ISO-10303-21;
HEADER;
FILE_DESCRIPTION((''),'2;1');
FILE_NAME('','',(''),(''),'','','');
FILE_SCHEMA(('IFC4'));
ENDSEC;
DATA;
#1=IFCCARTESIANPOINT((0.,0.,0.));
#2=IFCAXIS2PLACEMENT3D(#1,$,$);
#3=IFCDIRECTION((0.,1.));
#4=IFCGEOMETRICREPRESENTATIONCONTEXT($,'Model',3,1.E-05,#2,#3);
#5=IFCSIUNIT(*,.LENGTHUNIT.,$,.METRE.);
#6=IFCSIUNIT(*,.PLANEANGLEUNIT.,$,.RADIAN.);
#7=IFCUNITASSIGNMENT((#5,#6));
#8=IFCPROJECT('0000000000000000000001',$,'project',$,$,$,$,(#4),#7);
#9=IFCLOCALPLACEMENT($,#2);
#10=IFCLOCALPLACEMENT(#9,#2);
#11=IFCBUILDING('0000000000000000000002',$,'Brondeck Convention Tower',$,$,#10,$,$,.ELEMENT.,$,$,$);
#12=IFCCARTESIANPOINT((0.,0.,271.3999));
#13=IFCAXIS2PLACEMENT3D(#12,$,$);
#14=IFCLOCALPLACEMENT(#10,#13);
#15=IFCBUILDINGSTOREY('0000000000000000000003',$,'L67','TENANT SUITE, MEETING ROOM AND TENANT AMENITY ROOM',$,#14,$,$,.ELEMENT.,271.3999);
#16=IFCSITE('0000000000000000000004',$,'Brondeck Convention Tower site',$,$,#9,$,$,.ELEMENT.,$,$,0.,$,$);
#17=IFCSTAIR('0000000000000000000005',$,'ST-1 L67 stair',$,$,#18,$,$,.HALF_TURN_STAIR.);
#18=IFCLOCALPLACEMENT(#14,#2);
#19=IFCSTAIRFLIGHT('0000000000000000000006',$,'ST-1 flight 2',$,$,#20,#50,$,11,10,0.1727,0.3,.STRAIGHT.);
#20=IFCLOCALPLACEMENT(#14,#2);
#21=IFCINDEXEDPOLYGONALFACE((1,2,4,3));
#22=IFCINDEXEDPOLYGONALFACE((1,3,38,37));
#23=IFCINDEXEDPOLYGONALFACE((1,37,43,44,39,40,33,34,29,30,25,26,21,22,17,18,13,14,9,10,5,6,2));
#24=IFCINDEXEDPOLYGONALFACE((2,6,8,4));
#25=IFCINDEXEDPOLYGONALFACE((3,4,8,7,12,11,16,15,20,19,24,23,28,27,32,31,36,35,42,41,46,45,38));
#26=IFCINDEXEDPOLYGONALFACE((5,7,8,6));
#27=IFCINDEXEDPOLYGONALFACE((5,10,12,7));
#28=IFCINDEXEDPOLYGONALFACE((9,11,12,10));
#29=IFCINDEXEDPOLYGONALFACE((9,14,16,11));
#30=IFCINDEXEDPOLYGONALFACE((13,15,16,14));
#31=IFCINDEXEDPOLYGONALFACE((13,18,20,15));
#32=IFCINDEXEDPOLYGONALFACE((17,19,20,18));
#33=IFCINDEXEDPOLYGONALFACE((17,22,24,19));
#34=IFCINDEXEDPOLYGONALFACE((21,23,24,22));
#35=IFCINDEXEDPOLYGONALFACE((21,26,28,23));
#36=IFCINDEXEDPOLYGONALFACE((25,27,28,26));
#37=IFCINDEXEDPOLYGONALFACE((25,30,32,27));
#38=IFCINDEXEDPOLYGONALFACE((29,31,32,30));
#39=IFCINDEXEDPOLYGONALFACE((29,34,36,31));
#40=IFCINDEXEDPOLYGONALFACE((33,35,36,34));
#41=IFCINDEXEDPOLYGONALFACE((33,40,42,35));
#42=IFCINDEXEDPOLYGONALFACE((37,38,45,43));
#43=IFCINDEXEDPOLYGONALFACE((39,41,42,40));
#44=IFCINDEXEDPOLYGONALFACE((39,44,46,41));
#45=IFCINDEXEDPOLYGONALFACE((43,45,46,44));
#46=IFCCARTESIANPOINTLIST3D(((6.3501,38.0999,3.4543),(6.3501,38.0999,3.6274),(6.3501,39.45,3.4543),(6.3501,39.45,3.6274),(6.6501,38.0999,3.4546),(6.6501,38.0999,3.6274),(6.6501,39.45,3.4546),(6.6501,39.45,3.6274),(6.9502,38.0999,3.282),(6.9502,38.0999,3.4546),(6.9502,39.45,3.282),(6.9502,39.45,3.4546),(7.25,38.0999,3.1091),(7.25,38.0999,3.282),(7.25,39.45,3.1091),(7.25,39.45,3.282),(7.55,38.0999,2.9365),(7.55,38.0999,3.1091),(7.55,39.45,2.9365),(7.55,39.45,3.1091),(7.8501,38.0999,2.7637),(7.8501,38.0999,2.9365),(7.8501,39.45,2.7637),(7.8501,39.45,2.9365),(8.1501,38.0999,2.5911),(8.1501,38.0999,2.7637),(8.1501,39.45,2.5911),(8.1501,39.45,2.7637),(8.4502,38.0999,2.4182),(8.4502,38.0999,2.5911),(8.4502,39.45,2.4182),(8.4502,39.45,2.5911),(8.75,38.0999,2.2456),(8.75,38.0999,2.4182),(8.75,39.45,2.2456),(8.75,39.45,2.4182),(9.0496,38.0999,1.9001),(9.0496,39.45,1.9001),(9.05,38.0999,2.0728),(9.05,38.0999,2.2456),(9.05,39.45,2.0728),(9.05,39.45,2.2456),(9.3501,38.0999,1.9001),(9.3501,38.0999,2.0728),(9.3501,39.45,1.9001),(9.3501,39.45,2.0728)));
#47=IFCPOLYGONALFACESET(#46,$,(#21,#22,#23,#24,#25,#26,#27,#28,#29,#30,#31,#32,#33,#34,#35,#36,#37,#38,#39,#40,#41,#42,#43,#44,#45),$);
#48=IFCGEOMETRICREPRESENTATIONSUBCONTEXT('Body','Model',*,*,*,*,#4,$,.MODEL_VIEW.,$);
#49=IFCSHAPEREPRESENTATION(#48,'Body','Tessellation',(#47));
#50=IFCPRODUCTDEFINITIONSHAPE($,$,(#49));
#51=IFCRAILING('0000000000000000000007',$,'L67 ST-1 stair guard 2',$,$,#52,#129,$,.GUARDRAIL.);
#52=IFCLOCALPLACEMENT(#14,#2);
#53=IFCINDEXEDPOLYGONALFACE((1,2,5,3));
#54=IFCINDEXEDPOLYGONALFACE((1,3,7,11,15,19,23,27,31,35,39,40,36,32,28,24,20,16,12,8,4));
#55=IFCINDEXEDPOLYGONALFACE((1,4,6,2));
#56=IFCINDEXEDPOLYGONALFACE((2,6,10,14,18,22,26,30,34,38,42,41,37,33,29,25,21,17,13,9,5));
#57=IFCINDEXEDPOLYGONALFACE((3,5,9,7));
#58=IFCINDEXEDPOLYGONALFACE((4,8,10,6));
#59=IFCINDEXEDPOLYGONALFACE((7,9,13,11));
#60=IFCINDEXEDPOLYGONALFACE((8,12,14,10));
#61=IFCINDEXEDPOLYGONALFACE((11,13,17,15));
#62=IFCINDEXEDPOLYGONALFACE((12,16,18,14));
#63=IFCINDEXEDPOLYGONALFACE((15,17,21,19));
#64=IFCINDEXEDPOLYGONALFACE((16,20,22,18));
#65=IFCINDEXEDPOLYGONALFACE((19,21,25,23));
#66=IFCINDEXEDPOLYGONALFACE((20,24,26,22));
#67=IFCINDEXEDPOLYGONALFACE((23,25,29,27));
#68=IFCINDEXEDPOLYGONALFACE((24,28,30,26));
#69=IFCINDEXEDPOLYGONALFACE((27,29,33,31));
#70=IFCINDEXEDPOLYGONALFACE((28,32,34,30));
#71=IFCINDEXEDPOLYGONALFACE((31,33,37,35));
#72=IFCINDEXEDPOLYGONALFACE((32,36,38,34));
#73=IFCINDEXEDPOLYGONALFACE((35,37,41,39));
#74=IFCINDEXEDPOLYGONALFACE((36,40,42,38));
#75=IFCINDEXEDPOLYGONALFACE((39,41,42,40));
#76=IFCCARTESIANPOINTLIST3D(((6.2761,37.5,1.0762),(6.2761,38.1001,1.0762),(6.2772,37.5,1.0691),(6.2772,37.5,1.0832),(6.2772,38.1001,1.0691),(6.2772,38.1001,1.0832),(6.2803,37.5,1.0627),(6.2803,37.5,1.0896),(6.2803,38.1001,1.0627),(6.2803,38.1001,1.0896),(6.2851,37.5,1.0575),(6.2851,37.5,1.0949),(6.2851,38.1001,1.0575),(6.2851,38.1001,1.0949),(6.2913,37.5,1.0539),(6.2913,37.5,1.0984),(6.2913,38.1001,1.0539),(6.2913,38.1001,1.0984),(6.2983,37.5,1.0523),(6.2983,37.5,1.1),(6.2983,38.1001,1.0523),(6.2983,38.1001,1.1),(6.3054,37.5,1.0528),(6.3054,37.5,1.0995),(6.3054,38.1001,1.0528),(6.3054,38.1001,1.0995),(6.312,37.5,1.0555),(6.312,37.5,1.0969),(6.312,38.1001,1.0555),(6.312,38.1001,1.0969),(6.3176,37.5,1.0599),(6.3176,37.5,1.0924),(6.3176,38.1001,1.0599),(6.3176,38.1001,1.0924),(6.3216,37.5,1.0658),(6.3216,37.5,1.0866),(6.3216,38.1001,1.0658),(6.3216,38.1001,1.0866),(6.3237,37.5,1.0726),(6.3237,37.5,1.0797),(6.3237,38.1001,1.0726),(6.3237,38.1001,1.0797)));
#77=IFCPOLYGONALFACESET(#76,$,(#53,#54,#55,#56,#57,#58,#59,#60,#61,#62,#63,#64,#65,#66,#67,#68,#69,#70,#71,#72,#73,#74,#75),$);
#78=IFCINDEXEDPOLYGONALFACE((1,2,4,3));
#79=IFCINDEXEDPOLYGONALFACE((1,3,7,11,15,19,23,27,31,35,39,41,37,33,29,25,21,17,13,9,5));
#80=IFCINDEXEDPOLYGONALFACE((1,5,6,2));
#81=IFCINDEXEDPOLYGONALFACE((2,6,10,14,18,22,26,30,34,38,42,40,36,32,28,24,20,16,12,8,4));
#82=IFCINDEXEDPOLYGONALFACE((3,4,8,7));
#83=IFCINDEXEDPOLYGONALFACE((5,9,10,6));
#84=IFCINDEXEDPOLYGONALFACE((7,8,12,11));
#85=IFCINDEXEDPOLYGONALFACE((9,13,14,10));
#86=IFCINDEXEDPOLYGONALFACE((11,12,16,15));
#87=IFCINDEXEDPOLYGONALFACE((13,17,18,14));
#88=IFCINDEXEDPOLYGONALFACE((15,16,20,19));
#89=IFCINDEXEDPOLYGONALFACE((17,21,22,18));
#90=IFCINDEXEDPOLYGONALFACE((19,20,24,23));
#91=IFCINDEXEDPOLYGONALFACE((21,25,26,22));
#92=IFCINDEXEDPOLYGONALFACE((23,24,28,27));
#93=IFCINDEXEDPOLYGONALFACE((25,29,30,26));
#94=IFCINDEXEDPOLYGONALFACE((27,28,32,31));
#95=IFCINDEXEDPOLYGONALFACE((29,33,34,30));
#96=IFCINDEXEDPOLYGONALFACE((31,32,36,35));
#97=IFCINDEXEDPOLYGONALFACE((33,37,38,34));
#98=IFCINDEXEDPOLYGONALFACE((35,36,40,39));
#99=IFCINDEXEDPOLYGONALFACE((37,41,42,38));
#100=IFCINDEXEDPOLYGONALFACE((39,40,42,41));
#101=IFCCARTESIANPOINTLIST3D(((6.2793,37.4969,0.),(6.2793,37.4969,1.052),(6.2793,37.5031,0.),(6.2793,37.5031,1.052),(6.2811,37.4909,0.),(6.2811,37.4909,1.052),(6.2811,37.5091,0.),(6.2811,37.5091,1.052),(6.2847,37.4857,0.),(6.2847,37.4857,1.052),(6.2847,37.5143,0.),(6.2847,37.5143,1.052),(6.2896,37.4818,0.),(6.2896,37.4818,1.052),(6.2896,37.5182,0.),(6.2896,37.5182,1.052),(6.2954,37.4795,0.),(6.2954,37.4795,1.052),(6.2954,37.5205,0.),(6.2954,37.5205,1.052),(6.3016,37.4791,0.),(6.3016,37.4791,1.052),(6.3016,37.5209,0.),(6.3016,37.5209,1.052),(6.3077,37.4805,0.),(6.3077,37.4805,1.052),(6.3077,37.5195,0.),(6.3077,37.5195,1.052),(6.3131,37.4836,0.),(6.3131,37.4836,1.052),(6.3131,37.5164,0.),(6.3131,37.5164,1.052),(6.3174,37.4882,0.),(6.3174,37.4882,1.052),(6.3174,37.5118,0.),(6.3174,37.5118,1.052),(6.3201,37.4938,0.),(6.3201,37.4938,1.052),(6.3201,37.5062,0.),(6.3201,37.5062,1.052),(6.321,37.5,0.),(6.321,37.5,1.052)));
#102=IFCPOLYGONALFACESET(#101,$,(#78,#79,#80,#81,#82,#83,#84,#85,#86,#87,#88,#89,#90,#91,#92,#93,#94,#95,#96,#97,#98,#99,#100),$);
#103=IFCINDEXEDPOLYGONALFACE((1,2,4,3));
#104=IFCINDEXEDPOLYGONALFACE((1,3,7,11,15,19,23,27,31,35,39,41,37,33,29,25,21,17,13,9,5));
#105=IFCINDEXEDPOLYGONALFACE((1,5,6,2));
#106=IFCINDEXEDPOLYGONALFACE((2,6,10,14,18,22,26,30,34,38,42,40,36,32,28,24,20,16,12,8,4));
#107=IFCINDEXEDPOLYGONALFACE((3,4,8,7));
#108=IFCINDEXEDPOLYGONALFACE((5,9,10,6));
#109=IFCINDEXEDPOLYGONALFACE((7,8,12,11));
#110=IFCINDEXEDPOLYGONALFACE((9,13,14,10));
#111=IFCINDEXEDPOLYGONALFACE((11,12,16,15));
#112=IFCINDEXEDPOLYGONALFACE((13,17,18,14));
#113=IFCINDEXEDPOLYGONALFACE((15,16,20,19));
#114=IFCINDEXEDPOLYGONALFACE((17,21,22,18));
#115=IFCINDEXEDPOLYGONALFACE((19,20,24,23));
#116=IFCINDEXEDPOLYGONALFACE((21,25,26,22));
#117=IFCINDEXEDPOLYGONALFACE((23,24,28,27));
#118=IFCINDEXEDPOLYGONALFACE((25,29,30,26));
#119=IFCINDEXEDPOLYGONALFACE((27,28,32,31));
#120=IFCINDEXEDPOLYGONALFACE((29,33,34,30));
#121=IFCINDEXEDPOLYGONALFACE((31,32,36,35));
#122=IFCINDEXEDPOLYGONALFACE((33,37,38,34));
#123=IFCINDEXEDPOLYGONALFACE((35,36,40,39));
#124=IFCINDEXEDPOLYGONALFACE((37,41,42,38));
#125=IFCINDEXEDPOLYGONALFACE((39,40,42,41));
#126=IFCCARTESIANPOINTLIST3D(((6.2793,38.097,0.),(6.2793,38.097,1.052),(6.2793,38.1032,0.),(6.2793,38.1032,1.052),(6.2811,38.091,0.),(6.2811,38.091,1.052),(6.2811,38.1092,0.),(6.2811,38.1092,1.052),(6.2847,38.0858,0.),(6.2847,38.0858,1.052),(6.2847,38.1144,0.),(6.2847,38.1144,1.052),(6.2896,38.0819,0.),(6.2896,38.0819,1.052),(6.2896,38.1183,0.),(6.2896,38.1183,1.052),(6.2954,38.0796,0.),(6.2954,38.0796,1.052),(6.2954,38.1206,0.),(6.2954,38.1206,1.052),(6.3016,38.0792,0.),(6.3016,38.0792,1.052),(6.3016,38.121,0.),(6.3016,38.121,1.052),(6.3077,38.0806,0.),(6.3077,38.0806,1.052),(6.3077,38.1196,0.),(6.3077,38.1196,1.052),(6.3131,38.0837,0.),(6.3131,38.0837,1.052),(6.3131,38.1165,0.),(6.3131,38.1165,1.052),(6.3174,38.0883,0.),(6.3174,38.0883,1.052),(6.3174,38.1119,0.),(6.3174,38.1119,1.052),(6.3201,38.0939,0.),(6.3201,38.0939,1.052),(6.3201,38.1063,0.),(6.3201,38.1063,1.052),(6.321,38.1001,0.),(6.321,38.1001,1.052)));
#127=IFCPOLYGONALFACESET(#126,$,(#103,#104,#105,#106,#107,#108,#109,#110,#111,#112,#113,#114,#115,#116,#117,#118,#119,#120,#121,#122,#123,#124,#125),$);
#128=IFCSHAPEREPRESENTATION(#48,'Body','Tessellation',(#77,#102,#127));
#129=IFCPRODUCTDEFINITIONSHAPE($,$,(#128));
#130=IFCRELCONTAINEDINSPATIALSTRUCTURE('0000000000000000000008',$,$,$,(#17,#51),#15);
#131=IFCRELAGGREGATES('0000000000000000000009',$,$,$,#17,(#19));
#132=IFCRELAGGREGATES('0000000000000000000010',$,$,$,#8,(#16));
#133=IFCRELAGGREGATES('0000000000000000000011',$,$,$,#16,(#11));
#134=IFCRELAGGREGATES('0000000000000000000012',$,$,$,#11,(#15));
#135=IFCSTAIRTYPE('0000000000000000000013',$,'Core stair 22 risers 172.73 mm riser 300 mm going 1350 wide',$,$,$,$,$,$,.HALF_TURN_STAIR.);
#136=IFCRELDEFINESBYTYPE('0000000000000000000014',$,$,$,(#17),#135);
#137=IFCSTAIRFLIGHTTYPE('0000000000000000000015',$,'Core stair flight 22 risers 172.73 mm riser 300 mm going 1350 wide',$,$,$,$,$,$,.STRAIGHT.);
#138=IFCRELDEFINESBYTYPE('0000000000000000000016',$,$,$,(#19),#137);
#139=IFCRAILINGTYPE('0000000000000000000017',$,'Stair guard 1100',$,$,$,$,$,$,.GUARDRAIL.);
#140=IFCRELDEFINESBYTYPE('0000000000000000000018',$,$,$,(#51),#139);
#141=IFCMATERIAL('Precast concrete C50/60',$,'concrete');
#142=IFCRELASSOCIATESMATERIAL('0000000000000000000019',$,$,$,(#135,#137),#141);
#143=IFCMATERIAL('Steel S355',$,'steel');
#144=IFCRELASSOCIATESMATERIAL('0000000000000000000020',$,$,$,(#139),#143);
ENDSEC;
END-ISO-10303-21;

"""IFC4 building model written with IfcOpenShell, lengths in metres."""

from ifc_helpers import new_model, si_unit, direction, frame, origin, origin_2d, place, context, subcontext, project, spatial, polyline, circle, outline, extrude, material, type_object, element, aggregate, save


model = new_model("IFC4")

# Units and contexts
model_context = context("Model", 3, precision=1e-05, world=origin(), true_north=direction((0.0, 1.0)))
body_context = subcontext(model_context, "Body", "Model", "MODEL_VIEW")
ifc_project = project(units=[si_unit("LENGTHUNIT", "METRE"), si_unit("PLANEANGLEUNIT", "RADIAN")], contexts=[model_context])

# Site, building, storey
site_placement = place(None, origin())
site = spatial("IfcSite", under=ifc_project, at=site_placement, Name="Brondeck Convention Tower site", CompositionType="ELEMENT", RefElevation=0.0)
building_placement = place(site_placement, origin())
building = spatial("IfcBuilding", under=site, at=building_placement, Name="Brondeck Convention Tower", CompositionType="ELEMENT")
storey_placement = place(building_placement, frame((0.0, 0.0, 271.3999)))
storey = spatial("IfcBuildingStorey", under=building, at=storey_placement, Name="L67", Description="TENANT SUITE, MEETING ROOM AND TENANT AMENITY ROOM", CompositionType="ELEMENT", Elevation=271.3999)

# Stair, stair flight
ifc_material_1 = material(Name="Precast concrete C50/60", Category="concrete")
stair_type = type_object("IfcStairType", Name="Core stair 22 risers 172.73 mm riser 300 mm going 1350 wide", PredefinedType="HALF_TURN_STAIR", material=ifc_material_1)
stair_placement = place(storey_placement, origin())
stair = element("IfcStair", 1, at=stair_placement, inside=storey, type_object=stair_type, Name="ST-1 L67 stair", PredefinedType="HALF_TURN_STAIR")
stair_flight_type = type_object("IfcStairFlightType", Name="Core stair flight 22 risers 172.73 mm riser 300 mm going 1350 wide", PredefinedType="STRAIGHT", material=ifc_material_1)
stair_flight_1_placement = place(storey_placement, frame((9.3501, 38.7749, 1.9001), z_axis=(0.0, 0.0, 1.0), x_axis=(-1.0, 0.0, 0.0)))
stair_flight_1 = element("IfcStairFlight", 2, at=stair_flight_1_placement, type_object=stair_flight_type, Name="ST-1 flight 2", NumberOfRisers=11, NumberOfTreads=10, PredefinedType="STRAIGHT", RiserHeight=0.1727, TreadLength=0.3, context=body_context, shape_type="SweptSolid", body=[
    extrude(outline(polyline([(0.0, 0.0), (0.0, 0.1726), (0.3, 0.1726), (0.3, 0.3455), (0.6001, 0.3455), (0.6001, 0.5181), (0.8999, 0.5181), (0.8999, 0.6909), (1.2, 0.6909), (1.2, 0.8635), (1.5, 0.8635), (1.5, 1.0364), (1.8, 1.0364), (1.8, 1.209), (2.1001, 1.209), (2.1001, 1.3818), (2.3999, 1.3818), (2.3999, 1.5544), (2.7, 1.5544), (2.7, 1.7273), (3.0, 1.7273), (3.0, 1.8999), (3.0, 1.5542), (0.3005, 0.0), (0.0, 0.0)])), frame((0.0, 0.675, 0.0), z_axis=(0.0, -1.0, 0.0), x_axis=(1.0, 0.0, 0.0)), (0.0, 0.0, 1.0), 1.3501),
])
aggregate(stair, [stair_flight_1])

# Railing
ifc_material_2 = material(Name="Steel S355", Category="steel")
railing_type_1 = type_object("IfcRailingType", Name="Stair guard 1100", PredefinedType="GUARDRAIL", material=ifc_material_2)
railing_1_placement = place(storey_placement, frame((6.3, 37.5, 0.0)))
element("IfcRailing", 3, at=railing_1_placement, inside=storey, type_object=railing_type_1, Name="L67 ST-1 stair guard 2", PredefinedType="GUARDRAIL", context=body_context, shape_type="SweptSolid", body=[
    extrude(circle(Radius=0.0239, at=origin_2d()), frame((0.0, 0.0, 1.0762), z_axis=(0.0, 1.0, 0.0), x_axis=(-1.0, 0.0, 0.0)), (0.0, 0.0, 1.0), 0.6001),
    extrude(circle(Radius=0.021, at=origin_2d()), origin(), (0.0, 0.0, 1.0), 1.052),
    extrude(circle(Radius=0.021, at=origin_2d()), frame((0.0, 0.6001, 0.0)), (0.0, 0.0, 1.0), 1.052),
])

save(model, "model.ifc")
